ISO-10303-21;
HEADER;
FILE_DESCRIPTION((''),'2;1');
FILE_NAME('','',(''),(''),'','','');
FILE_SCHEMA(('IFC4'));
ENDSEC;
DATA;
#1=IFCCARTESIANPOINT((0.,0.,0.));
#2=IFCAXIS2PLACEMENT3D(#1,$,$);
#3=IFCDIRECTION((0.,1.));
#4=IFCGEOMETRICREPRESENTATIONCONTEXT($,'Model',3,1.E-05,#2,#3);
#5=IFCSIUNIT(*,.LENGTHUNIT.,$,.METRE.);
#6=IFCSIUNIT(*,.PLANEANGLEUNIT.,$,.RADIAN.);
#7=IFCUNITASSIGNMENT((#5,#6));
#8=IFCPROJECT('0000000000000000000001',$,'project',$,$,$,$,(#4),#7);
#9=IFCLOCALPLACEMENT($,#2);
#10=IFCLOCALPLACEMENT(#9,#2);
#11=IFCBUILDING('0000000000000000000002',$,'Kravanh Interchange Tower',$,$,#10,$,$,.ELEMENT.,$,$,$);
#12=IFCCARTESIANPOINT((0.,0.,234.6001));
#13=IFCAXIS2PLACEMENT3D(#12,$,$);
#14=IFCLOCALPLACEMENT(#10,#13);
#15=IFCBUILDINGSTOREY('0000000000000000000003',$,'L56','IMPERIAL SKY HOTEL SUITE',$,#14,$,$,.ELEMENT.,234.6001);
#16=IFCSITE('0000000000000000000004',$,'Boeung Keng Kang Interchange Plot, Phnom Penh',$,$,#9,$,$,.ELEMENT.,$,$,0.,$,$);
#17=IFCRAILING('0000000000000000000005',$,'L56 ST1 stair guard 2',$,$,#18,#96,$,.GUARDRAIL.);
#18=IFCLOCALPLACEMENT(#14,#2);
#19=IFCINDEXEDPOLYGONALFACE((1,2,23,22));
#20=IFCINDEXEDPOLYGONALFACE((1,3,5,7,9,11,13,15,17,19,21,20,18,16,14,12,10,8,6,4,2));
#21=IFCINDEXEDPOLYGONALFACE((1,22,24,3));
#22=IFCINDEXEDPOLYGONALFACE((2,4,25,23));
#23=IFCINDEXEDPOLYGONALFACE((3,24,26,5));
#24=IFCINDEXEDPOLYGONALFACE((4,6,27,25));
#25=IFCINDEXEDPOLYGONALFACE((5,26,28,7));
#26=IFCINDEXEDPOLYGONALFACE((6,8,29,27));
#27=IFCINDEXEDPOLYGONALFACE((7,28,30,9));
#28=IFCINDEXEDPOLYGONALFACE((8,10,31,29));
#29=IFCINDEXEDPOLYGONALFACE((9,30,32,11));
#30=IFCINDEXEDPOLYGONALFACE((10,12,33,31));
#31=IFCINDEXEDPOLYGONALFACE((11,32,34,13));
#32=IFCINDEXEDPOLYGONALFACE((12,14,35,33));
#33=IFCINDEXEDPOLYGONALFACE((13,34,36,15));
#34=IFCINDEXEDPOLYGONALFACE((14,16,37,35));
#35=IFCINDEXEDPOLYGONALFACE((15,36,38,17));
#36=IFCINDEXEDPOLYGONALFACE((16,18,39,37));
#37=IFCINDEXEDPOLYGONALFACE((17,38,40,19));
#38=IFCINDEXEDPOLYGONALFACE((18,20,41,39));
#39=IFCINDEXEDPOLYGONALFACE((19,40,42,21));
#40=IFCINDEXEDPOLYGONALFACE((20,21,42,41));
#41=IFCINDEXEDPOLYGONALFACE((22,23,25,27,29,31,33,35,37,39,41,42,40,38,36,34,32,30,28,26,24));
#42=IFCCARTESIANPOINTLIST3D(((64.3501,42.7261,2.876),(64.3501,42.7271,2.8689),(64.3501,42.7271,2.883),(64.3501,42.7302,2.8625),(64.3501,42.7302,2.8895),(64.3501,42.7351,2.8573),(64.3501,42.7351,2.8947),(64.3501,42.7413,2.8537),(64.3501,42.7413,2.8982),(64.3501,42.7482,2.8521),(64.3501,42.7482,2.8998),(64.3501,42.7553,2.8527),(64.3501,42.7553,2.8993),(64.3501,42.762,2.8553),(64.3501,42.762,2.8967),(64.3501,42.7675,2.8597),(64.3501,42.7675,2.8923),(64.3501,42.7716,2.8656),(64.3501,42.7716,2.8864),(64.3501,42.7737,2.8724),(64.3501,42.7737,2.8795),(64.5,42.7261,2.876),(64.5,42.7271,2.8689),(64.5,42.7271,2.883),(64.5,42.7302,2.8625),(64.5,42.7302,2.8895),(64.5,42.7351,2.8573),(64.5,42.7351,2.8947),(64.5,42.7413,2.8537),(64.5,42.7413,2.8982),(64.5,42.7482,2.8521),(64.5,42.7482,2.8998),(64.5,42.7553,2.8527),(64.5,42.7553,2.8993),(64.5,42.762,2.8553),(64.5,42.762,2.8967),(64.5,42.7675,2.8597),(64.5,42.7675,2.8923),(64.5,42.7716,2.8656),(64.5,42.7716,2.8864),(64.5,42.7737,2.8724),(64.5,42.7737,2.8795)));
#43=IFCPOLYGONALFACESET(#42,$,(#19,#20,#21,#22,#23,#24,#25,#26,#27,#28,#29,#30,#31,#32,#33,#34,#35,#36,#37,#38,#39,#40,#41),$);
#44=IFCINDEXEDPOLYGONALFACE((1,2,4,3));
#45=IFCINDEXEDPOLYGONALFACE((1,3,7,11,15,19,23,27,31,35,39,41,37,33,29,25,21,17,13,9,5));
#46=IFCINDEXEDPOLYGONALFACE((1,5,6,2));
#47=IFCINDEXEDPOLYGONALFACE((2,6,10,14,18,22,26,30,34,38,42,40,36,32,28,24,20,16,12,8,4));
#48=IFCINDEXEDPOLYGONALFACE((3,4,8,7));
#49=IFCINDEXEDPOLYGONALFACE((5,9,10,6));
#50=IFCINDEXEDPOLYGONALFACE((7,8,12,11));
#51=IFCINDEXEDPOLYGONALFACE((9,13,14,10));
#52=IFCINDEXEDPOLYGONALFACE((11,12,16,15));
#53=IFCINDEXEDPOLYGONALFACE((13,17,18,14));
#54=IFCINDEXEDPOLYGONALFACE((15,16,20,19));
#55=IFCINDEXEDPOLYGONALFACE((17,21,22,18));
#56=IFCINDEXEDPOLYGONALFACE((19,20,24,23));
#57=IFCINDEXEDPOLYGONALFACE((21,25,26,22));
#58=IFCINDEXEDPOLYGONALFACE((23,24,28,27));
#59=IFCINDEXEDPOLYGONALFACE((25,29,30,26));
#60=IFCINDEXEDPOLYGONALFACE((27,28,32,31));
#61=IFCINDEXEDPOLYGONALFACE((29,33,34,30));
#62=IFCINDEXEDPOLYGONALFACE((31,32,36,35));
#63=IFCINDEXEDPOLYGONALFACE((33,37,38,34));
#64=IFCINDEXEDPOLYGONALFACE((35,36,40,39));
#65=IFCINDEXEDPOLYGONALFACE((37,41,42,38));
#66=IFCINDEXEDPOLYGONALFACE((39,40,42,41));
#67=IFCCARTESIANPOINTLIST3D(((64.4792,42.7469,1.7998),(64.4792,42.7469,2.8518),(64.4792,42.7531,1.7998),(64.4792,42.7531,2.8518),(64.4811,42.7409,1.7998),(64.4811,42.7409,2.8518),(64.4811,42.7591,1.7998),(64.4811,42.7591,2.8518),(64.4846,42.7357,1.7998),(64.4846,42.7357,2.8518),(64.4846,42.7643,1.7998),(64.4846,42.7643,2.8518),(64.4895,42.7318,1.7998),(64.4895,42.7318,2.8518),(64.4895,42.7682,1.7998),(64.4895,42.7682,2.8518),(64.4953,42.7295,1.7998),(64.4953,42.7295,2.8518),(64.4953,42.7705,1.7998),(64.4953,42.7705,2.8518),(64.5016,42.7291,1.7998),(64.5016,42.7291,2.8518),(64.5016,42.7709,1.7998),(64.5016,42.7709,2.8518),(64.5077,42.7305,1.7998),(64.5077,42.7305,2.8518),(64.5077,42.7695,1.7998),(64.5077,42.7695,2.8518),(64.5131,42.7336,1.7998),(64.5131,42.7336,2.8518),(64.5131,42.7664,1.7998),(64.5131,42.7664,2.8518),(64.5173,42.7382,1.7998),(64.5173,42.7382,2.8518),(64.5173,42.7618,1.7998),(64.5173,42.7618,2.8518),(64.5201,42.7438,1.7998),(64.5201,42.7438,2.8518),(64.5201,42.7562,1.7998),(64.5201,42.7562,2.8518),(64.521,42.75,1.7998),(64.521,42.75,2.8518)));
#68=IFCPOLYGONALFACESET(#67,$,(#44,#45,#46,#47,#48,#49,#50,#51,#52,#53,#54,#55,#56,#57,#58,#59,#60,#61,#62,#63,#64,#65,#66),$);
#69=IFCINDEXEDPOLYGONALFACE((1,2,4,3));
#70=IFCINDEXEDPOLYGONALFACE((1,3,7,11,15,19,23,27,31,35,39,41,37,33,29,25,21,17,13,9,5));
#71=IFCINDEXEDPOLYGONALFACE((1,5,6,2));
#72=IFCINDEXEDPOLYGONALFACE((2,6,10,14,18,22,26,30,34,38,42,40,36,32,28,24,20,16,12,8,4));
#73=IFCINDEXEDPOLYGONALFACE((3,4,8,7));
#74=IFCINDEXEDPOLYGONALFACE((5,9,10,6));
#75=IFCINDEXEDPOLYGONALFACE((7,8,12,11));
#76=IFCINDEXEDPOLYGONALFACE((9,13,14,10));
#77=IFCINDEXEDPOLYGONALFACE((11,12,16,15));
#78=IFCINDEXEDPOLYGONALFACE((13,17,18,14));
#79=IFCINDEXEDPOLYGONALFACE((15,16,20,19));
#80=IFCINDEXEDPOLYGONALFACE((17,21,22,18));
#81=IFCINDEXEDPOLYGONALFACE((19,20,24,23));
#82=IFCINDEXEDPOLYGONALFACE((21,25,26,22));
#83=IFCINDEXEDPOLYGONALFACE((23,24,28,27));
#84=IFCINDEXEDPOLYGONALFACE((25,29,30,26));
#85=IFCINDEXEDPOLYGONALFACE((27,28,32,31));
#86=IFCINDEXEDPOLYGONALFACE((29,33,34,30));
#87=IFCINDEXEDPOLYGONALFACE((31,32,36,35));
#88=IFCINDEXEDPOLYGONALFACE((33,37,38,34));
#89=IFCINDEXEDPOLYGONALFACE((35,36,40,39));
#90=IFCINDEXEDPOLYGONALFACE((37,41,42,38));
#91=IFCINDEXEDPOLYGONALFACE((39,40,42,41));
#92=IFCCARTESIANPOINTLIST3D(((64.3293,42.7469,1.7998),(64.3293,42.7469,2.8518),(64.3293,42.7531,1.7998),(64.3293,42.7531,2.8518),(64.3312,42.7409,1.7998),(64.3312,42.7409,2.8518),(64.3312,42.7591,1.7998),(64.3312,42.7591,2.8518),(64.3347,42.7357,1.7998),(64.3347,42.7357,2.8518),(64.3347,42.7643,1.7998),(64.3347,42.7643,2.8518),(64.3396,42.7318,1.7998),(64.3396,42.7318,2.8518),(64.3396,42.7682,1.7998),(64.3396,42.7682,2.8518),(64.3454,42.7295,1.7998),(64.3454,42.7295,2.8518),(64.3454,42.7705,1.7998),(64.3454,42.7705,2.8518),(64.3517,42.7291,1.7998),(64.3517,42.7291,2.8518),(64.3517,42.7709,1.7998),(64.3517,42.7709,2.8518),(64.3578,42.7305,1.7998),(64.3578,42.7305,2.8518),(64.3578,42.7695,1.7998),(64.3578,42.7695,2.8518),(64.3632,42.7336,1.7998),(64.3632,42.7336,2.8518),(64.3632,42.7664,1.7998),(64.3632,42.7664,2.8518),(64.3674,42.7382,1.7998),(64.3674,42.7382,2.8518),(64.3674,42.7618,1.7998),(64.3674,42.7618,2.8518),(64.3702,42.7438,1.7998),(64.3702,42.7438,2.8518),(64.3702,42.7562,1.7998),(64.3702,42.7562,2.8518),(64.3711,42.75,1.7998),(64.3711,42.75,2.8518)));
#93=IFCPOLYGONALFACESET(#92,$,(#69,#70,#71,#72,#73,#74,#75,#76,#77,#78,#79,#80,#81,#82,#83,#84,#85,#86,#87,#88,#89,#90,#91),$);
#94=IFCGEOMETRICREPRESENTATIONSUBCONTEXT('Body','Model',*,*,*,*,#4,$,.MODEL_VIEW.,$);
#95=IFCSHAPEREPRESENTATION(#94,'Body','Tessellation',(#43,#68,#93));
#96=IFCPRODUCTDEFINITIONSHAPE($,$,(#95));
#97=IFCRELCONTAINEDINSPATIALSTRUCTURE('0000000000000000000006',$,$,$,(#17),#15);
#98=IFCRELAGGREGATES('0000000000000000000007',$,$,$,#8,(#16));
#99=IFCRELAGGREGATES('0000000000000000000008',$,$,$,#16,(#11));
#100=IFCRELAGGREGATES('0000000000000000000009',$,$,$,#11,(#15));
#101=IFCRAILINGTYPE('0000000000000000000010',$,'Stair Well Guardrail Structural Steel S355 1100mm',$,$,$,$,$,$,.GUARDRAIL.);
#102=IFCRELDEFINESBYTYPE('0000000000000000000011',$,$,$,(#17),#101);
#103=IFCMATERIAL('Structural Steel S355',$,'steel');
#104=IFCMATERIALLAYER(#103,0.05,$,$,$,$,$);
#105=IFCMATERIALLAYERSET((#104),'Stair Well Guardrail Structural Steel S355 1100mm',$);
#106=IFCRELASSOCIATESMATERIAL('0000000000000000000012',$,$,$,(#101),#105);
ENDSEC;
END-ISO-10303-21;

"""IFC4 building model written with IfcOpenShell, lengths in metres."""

from ifc_helpers import new_model, si_unit, direction, frame, origin, origin_2d, place, context, subcontext, project, spatial, circle, extrude, material, layer, layer_set, type_object, element, save


model = new_model("IFC4")

# Units and contexts
model_context = context("Model", 3, precision=1e-05, world=origin(), true_north=direction((0.0, 1.0)))
body_context = subcontext(model_context, "Body", "Model", "MODEL_VIEW")
ifc_project = project(units=[si_unit("LENGTHUNIT", "METRE"), si_unit("PLANEANGLEUNIT", "RADIAN")], contexts=[model_context])

# Site, building, storey
site_placement = place(None, origin())
site = spatial("IfcSite", under=ifc_project, at=site_placement, Name="Boeung Keng Kang Interchange Plot, Phnom Penh", CompositionType="ELEMENT", RefElevation=0.0)
building_placement = place(site_placement, origin())
building = spatial("IfcBuilding", under=site, at=building_placement, Name="Kravanh Interchange Tower", CompositionType="ELEMENT")
storey_placement = place(building_placement, frame((0.0, 0.0, 234.6001)))
storey = spatial("IfcBuildingStorey", under=building, at=storey_placement, Name="L56", Description="IMPERIAL SKY HOTEL SUITE", CompositionType="ELEMENT", Elevation=234.6001)

# Railing
ifc_material_1 = material(Name="Structural Steel S355", Category="steel")
ifc_layer_1 = layer(ifc_material_1, 0.05)
ifc_layer_set_1 = layer_set([ifc_layer_1], Name="Stair Well Guardrail Structural Steel S355 1100mm")
railing_type_1 = type_object("IfcRailingType", Name="Stair Well Guardrail Structural Steel S355 1100mm", PredefinedType="GUARDRAIL", material=ifc_layer_set_1)
railing_1_placement = place(storey_placement, frame((64.5, 42.75, 1.7998)))
element("IfcRailing", 1, at=railing_1_placement, inside=storey, type_object=railing_type_1, Name="L56 ST1 stair guard 2", PredefinedType="GUARDRAIL", context=body_context, shape_type="SweptSolid", body=[
    extrude(circle(Radius=0.0239, at=origin_2d()), frame((0.0, 0.0, 1.0762), z_axis=(-1.0, 0.0, 0.0), x_axis=(0.0, -1.0, 0.0)), (0.0, 0.0, 1.0), 0.1499),
    extrude(circle(Radius=0.021, at=origin_2d()), origin(), (0.0, 0.0, 1.0), 1.052),
    extrude(circle(Radius=0.021, at=origin_2d()), frame((-0.1499, 0.0, 0.0)), (0.0, 0.0, 1.0), 1.052),
])

save(model, "model.ifc")
